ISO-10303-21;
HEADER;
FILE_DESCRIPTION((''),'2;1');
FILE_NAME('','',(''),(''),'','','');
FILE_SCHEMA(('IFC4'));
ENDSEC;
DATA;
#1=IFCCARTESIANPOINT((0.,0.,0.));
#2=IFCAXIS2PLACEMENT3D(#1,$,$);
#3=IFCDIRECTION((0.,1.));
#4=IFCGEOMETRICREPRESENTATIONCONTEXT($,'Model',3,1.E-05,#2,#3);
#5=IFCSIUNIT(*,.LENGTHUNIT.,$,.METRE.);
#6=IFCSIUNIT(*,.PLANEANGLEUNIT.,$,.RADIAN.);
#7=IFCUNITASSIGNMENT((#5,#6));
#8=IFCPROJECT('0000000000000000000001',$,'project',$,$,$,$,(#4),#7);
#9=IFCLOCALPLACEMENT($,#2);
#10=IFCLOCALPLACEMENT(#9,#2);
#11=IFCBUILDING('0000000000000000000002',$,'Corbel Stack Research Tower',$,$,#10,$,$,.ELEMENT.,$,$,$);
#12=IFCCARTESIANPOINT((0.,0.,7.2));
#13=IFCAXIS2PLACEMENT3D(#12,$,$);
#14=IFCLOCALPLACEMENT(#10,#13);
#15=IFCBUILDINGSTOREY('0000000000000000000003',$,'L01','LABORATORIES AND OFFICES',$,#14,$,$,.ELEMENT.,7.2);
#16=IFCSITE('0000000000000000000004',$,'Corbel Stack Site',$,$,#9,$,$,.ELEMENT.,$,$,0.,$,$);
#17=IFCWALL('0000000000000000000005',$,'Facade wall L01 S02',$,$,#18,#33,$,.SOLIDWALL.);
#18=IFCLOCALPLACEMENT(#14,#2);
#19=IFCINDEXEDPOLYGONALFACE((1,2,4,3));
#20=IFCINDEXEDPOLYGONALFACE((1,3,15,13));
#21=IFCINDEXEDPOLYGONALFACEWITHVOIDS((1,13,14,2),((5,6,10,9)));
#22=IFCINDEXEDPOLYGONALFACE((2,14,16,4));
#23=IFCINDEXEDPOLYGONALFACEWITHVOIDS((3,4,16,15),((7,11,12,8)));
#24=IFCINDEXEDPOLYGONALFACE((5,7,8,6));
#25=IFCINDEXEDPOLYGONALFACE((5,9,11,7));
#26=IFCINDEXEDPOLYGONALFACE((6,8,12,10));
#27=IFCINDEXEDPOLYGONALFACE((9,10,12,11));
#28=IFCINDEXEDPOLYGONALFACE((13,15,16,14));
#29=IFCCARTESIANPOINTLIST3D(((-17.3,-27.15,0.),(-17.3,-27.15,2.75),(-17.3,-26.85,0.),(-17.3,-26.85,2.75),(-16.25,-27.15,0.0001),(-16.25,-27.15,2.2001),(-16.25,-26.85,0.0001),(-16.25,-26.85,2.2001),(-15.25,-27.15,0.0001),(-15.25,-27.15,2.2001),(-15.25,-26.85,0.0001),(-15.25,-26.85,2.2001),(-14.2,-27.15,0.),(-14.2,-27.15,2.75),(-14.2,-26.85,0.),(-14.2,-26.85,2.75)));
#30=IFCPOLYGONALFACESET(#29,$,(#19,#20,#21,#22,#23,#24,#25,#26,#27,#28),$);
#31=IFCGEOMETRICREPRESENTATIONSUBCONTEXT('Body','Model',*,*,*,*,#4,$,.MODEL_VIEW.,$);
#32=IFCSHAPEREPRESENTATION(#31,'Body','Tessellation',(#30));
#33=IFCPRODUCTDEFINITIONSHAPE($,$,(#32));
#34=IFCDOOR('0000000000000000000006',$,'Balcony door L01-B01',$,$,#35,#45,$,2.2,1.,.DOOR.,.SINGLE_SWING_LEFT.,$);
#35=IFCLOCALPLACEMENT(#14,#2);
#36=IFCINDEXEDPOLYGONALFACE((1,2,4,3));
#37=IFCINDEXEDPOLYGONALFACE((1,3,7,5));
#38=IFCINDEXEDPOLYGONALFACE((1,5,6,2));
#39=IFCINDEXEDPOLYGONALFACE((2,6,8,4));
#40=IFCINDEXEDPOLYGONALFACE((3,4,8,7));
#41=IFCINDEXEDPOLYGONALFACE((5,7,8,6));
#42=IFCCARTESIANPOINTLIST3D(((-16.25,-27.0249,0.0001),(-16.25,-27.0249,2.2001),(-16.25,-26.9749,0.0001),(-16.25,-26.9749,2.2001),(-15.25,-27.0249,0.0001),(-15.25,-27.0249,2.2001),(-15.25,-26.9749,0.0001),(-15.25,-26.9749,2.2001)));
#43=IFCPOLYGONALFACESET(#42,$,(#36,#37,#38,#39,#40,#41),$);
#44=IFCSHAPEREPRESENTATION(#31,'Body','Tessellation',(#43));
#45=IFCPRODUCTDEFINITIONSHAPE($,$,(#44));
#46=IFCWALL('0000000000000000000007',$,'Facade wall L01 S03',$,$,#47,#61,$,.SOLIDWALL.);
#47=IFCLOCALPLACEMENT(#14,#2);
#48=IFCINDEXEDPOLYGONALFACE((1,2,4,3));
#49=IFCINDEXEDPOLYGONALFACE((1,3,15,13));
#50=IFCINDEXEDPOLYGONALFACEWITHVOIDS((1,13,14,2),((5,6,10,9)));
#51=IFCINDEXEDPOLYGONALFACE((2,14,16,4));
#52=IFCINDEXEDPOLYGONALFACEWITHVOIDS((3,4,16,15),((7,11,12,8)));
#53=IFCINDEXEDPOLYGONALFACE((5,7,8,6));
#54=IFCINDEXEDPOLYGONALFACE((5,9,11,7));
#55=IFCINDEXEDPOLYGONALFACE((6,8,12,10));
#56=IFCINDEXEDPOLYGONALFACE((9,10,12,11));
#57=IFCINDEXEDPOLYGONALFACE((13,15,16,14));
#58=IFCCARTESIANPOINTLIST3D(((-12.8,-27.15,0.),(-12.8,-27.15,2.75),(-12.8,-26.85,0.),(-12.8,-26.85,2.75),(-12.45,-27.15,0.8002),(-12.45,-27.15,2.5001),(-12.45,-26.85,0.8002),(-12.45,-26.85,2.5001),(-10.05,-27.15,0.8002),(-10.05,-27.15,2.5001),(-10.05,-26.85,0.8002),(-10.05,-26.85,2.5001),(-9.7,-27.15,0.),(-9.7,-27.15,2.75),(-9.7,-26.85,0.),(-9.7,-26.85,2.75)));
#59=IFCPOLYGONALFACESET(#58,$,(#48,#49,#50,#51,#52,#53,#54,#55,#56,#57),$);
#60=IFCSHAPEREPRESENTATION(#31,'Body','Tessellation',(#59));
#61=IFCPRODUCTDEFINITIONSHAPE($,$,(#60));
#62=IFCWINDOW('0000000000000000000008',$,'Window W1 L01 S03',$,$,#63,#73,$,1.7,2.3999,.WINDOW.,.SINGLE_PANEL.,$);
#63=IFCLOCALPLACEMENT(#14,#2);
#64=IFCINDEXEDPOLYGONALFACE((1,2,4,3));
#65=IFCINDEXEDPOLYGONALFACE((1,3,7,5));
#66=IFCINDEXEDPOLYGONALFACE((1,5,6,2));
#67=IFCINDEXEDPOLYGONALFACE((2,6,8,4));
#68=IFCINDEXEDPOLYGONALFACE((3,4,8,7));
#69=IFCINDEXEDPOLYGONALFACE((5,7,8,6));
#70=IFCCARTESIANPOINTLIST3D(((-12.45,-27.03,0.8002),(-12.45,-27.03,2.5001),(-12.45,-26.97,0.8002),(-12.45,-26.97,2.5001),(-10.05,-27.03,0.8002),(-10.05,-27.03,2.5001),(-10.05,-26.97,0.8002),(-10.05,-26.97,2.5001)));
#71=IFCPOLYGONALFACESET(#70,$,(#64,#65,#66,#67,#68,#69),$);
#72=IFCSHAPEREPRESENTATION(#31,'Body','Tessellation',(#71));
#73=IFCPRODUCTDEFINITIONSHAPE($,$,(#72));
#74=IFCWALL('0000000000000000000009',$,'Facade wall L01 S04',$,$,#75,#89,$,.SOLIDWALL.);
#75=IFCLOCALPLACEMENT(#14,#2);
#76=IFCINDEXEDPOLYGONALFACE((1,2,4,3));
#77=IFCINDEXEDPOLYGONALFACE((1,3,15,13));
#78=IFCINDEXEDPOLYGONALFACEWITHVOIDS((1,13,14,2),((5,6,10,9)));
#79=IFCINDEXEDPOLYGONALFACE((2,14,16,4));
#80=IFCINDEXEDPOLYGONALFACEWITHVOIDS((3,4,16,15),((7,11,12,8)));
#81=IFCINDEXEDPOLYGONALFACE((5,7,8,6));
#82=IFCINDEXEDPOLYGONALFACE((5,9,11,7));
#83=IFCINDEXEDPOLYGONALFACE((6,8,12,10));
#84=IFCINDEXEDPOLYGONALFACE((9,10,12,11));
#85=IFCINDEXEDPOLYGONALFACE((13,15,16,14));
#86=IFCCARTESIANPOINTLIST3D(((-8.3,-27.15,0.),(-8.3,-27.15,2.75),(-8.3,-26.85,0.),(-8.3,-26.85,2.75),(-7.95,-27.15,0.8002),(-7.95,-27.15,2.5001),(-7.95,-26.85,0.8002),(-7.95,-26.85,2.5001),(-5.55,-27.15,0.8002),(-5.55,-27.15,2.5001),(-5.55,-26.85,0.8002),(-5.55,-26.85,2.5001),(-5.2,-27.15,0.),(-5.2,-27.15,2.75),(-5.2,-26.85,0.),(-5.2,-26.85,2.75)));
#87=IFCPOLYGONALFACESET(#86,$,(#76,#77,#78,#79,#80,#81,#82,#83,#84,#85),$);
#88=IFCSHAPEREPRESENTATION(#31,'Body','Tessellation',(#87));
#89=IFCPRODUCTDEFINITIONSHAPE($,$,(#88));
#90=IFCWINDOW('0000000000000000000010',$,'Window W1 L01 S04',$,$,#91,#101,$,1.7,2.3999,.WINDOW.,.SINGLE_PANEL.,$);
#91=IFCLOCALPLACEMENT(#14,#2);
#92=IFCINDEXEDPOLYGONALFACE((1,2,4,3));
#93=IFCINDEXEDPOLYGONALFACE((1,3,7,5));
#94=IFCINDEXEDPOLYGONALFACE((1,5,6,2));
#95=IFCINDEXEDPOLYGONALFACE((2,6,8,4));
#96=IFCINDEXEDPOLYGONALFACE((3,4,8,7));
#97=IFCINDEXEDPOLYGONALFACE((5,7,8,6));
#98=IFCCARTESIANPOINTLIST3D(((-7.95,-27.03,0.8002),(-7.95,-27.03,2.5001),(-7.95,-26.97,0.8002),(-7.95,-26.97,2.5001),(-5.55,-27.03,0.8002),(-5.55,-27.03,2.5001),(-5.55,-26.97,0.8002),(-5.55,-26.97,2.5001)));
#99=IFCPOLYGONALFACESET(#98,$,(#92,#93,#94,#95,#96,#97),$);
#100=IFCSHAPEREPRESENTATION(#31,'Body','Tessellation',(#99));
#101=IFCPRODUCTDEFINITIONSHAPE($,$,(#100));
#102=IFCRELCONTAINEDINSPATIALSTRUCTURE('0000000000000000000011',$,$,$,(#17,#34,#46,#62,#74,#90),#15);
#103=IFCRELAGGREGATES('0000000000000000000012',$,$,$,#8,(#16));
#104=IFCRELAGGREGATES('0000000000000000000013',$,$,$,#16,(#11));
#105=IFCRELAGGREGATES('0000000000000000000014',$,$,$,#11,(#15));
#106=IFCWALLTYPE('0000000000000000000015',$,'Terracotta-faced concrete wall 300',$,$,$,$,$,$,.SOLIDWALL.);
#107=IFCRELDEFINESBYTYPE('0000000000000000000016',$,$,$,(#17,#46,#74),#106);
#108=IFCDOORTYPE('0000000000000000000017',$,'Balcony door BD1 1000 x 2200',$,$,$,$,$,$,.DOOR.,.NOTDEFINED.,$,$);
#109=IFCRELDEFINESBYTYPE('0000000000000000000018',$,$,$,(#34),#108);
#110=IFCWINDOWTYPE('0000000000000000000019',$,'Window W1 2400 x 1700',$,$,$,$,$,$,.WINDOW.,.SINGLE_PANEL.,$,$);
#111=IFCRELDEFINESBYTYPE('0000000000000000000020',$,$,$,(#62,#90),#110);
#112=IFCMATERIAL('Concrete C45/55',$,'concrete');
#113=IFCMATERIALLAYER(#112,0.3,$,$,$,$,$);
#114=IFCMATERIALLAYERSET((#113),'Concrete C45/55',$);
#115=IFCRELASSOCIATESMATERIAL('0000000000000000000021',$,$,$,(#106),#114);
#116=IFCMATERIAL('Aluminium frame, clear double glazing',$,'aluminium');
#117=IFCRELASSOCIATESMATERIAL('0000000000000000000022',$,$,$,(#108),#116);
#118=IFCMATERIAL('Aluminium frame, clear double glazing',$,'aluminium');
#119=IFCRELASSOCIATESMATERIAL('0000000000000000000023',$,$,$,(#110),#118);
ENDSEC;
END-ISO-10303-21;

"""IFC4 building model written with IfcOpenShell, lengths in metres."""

from ifc_helpers import new_model, si_unit, direction, frame, frame_2d, origin, place, context, subcontext, project, spatial, rectangle, extrude, material, layer, layer_set, type_object, element, fill, save


model = new_model("IFC4")

# Units and contexts
model_context = context("Model", 3, precision=1e-05, world=origin(), true_north=direction((0.0, 1.0)))
body_context = subcontext(model_context, "Body", "Model", "MODEL_VIEW")
ifc_project = project(units=[si_unit("LENGTHUNIT", "METRE"), si_unit("PLANEANGLEUNIT", "RADIAN")], contexts=[model_context])

# Site, building, storey
site_placement = place(None, origin())
site = spatial("IfcSite", under=ifc_project, at=site_placement, Name="Corbel Stack Site", CompositionType="ELEMENT", RefElevation=0.0)
building_placement = place(site_placement, origin())
building = spatial("IfcBuilding", under=site, at=building_placement, Name="Corbel Stack Research Tower", CompositionType="ELEMENT")
storey_placement = place(building_placement, frame((0.0, 0.0, 7.2)))
storey = spatial("IfcBuildingStorey", under=building, at=storey_placement, Name="L01", Description="LABORATORIES AND OFFICES", CompositionType="ELEMENT", Elevation=7.2)

# Wall, opening, door
ifc_material_1 = material(Name="Concrete C45/55", Category="concrete")
ifc_layer_1 = layer(ifc_material_1, 0.3)
ifc_layer_set_1 = layer_set([ifc_layer_1], Name="Concrete C45/55")
wall_type_1 = type_object("IfcWallType", Name="Terracotta-faced concrete wall 300", PredefinedType="SOLIDWALL", material=ifc_layer_set_1)
wall_1_placement = place(storey_placement, frame((-14.2, -27.0, 0.0), z_axis=(0.0, 0.0, 1.0), x_axis=(-1.0, 0.0, 0.0)))
wall_1 = element("IfcWall", 1, at=wall_1_placement, inside=storey, type_object=wall_type_1, Name="Facade wall L01 S02", PredefinedType="SOLIDWALL", context=body_context, shape_type="SweptSolid", body=[
    extrude(rectangle(XDim=3.1001, YDim=0.3, at=frame_2d((1.55, 0.0))), origin(), (0.0, 0.0, 1.0), 2.75),
])
opening_1_placement = place(wall_1_placement, frame((1.05, 0.0, 0.0)))
opening_1 = element("IfcOpeningElement", 2, at=opening_1_placement, cuts=wall_1, PredefinedType="OPENING", context=body_context, shape_type="SweptSolid", body=[
    extrude(rectangle(XDim=1.0, YDim=2.2, at=frame_2d((0.5, 1.1001))), frame((0.0, 0.1599, 0.0), z_axis=(0.0, -1.0, 0.0), x_axis=(1.0, 0.0, 0.0)), (0.0, 0.0, 1.0), 0.3201),
])
ifc_material_2 = material(Name="Aluminium frame, clear double glazing", Category="aluminium")
door_type_1 = type_object("IfcDoorType", Name="Balcony door BD1 1000 x 2200", OperationType="NOTDEFINED", PredefinedType="DOOR", material=ifc_material_2)
door_1_placement = place(opening_1_placement, origin())
door_1 = element("IfcDoor", 3, at=door_1_placement, inside=storey, type_object=door_type_1, Name="Balcony door L01-B01", OperationType="SINGLE_SWING_LEFT", OverallHeight=2.2, OverallWidth=1.0, PredefinedType="DOOR", context=body_context, shape_type="SweptSolid", body=[
    extrude(rectangle(XDim=1.0, YDim=2.2, at=frame_2d((0.5, 1.1001))), frame((0.0, 0.0249, 0.0), z_axis=(0.0, -1.0, 0.0), x_axis=(1.0, 0.0, 0.0)), (0.0, 0.0, 1.0), 0.05),
])
fill(opening_1, door_1)

# Walls, openings, windows
wall_2_placement = place(storey_placement, frame((-9.7, -27.0, 0.0), z_axis=(0.0, 0.0, 1.0), x_axis=(-1.0, 0.0, 0.0)))
wall_2 = element("IfcWall", 4, at=wall_2_placement, inside=storey, type_object=wall_type_1, Name="Facade wall L01 S03", PredefinedType="SOLIDWALL", context=body_context, shape_type="SweptSolid", body=[
    extrude(rectangle(XDim=3.1001, YDim=0.3, at=frame_2d((1.55, 0.0))), origin(), (0.0, 0.0, 1.0), 2.75),
])
opening_2_placement = place(wall_2_placement, frame((0.3501, 0.0, 0.8)))
opening_2 = element("IfcOpeningElement", 5, at=opening_2_placement, cuts=wall_2, PredefinedType="OPENING", context=body_context, shape_type="SweptSolid", body=[
    extrude(rectangle(XDim=2.3999, YDim=1.7, at=frame_2d((1.2, 0.8501))), frame((0.0, 0.1599, 0.0), z_axis=(0.0, -1.0, 0.0), x_axis=(1.0, 0.0, 0.0)), (0.0, 0.0, 1.0), 0.3201),
])
ifc_material_3 = material(Name="Aluminium frame, clear double glazing", Category="aluminium")
window_type = type_object("IfcWindowType", Name="Window W1 2400 x 1700", PartitioningType="SINGLE_PANEL", PredefinedType="WINDOW", material=ifc_material_3)
window_1_placement = place(opening_2_placement, origin())
window_1 = element("IfcWindow", 6, at=window_1_placement, inside=storey, type_object=window_type, Name="Window W1 L01 S03", OverallHeight=1.7, OverallWidth=2.3999, PartitioningType="SINGLE_PANEL", PredefinedType="WINDOW", context=body_context, shape_type="SweptSolid", body=[
    extrude(rectangle(XDim=2.3999, YDim=1.7, at=frame_2d((1.2, 0.8501))), frame((0.0, 0.03, 0.0), z_axis=(0.0, -1.0, 0.0), x_axis=(1.0, 0.0, 0.0)), (0.0, 0.0, 1.0), 0.0601),
])
fill(opening_2, window_1)
wall_3_placement = place(storey_placement, frame((-5.2, -27.0, 0.0), z_axis=(0.0, 0.0, 1.0), x_axis=(-1.0, 0.0, 0.0)))
wall_3 = element("IfcWall", 7, at=wall_3_placement, inside=storey, type_object=wall_type_1, Name="Facade wall L01 S04", PredefinedType="SOLIDWALL", context=body_context, shape_type="SweptSolid", body=[
    extrude(rectangle(XDim=3.1001, YDim=0.3, at=frame_2d((1.55, 0.0))), origin(), (0.0, 0.0, 1.0), 2.75),
])
opening_3_placement = place(wall_3_placement, frame((0.3501, 0.0, 0.8)))
opening_3 = element("IfcOpeningElement", 8, at=opening_3_placement, cuts=wall_3, PredefinedType="OPENING", context=body_context, shape_type="SweptSolid", body=[
    extrude(rectangle(XDim=2.3999, YDim=1.7, at=frame_2d((1.2, 0.8501))), frame((0.0, 0.1599, 0.0), z_axis=(0.0, -1.0, 0.0), x_axis=(1.0, 0.0, 0.0)), (0.0, 0.0, 1.0), 0.3201),
])
window_2_placement = place(opening_3_placement, origin())
window_2 = element("IfcWindow", 9, at=window_2_placement, inside=storey, type_object=window_type, Name="Window W1 L01 S04", OverallHeight=1.7, OverallWidth=2.3999, PartitioningType="SINGLE_PANEL", PredefinedType="WINDOW", context=body_context, shape_type="SweptSolid", body=[
    extrude(rectangle(XDim=2.3999, YDim=1.7, at=frame_2d((1.2, 0.8501))), frame((0.0, 0.03, 0.0), z_axis=(0.0, -1.0, 0.0), x_axis=(1.0, 0.0, 0.0)), (0.0, 0.0, 1.0), 0.0601),
])
fill(opening_3, window_2)

save(model, "model.ifc")
